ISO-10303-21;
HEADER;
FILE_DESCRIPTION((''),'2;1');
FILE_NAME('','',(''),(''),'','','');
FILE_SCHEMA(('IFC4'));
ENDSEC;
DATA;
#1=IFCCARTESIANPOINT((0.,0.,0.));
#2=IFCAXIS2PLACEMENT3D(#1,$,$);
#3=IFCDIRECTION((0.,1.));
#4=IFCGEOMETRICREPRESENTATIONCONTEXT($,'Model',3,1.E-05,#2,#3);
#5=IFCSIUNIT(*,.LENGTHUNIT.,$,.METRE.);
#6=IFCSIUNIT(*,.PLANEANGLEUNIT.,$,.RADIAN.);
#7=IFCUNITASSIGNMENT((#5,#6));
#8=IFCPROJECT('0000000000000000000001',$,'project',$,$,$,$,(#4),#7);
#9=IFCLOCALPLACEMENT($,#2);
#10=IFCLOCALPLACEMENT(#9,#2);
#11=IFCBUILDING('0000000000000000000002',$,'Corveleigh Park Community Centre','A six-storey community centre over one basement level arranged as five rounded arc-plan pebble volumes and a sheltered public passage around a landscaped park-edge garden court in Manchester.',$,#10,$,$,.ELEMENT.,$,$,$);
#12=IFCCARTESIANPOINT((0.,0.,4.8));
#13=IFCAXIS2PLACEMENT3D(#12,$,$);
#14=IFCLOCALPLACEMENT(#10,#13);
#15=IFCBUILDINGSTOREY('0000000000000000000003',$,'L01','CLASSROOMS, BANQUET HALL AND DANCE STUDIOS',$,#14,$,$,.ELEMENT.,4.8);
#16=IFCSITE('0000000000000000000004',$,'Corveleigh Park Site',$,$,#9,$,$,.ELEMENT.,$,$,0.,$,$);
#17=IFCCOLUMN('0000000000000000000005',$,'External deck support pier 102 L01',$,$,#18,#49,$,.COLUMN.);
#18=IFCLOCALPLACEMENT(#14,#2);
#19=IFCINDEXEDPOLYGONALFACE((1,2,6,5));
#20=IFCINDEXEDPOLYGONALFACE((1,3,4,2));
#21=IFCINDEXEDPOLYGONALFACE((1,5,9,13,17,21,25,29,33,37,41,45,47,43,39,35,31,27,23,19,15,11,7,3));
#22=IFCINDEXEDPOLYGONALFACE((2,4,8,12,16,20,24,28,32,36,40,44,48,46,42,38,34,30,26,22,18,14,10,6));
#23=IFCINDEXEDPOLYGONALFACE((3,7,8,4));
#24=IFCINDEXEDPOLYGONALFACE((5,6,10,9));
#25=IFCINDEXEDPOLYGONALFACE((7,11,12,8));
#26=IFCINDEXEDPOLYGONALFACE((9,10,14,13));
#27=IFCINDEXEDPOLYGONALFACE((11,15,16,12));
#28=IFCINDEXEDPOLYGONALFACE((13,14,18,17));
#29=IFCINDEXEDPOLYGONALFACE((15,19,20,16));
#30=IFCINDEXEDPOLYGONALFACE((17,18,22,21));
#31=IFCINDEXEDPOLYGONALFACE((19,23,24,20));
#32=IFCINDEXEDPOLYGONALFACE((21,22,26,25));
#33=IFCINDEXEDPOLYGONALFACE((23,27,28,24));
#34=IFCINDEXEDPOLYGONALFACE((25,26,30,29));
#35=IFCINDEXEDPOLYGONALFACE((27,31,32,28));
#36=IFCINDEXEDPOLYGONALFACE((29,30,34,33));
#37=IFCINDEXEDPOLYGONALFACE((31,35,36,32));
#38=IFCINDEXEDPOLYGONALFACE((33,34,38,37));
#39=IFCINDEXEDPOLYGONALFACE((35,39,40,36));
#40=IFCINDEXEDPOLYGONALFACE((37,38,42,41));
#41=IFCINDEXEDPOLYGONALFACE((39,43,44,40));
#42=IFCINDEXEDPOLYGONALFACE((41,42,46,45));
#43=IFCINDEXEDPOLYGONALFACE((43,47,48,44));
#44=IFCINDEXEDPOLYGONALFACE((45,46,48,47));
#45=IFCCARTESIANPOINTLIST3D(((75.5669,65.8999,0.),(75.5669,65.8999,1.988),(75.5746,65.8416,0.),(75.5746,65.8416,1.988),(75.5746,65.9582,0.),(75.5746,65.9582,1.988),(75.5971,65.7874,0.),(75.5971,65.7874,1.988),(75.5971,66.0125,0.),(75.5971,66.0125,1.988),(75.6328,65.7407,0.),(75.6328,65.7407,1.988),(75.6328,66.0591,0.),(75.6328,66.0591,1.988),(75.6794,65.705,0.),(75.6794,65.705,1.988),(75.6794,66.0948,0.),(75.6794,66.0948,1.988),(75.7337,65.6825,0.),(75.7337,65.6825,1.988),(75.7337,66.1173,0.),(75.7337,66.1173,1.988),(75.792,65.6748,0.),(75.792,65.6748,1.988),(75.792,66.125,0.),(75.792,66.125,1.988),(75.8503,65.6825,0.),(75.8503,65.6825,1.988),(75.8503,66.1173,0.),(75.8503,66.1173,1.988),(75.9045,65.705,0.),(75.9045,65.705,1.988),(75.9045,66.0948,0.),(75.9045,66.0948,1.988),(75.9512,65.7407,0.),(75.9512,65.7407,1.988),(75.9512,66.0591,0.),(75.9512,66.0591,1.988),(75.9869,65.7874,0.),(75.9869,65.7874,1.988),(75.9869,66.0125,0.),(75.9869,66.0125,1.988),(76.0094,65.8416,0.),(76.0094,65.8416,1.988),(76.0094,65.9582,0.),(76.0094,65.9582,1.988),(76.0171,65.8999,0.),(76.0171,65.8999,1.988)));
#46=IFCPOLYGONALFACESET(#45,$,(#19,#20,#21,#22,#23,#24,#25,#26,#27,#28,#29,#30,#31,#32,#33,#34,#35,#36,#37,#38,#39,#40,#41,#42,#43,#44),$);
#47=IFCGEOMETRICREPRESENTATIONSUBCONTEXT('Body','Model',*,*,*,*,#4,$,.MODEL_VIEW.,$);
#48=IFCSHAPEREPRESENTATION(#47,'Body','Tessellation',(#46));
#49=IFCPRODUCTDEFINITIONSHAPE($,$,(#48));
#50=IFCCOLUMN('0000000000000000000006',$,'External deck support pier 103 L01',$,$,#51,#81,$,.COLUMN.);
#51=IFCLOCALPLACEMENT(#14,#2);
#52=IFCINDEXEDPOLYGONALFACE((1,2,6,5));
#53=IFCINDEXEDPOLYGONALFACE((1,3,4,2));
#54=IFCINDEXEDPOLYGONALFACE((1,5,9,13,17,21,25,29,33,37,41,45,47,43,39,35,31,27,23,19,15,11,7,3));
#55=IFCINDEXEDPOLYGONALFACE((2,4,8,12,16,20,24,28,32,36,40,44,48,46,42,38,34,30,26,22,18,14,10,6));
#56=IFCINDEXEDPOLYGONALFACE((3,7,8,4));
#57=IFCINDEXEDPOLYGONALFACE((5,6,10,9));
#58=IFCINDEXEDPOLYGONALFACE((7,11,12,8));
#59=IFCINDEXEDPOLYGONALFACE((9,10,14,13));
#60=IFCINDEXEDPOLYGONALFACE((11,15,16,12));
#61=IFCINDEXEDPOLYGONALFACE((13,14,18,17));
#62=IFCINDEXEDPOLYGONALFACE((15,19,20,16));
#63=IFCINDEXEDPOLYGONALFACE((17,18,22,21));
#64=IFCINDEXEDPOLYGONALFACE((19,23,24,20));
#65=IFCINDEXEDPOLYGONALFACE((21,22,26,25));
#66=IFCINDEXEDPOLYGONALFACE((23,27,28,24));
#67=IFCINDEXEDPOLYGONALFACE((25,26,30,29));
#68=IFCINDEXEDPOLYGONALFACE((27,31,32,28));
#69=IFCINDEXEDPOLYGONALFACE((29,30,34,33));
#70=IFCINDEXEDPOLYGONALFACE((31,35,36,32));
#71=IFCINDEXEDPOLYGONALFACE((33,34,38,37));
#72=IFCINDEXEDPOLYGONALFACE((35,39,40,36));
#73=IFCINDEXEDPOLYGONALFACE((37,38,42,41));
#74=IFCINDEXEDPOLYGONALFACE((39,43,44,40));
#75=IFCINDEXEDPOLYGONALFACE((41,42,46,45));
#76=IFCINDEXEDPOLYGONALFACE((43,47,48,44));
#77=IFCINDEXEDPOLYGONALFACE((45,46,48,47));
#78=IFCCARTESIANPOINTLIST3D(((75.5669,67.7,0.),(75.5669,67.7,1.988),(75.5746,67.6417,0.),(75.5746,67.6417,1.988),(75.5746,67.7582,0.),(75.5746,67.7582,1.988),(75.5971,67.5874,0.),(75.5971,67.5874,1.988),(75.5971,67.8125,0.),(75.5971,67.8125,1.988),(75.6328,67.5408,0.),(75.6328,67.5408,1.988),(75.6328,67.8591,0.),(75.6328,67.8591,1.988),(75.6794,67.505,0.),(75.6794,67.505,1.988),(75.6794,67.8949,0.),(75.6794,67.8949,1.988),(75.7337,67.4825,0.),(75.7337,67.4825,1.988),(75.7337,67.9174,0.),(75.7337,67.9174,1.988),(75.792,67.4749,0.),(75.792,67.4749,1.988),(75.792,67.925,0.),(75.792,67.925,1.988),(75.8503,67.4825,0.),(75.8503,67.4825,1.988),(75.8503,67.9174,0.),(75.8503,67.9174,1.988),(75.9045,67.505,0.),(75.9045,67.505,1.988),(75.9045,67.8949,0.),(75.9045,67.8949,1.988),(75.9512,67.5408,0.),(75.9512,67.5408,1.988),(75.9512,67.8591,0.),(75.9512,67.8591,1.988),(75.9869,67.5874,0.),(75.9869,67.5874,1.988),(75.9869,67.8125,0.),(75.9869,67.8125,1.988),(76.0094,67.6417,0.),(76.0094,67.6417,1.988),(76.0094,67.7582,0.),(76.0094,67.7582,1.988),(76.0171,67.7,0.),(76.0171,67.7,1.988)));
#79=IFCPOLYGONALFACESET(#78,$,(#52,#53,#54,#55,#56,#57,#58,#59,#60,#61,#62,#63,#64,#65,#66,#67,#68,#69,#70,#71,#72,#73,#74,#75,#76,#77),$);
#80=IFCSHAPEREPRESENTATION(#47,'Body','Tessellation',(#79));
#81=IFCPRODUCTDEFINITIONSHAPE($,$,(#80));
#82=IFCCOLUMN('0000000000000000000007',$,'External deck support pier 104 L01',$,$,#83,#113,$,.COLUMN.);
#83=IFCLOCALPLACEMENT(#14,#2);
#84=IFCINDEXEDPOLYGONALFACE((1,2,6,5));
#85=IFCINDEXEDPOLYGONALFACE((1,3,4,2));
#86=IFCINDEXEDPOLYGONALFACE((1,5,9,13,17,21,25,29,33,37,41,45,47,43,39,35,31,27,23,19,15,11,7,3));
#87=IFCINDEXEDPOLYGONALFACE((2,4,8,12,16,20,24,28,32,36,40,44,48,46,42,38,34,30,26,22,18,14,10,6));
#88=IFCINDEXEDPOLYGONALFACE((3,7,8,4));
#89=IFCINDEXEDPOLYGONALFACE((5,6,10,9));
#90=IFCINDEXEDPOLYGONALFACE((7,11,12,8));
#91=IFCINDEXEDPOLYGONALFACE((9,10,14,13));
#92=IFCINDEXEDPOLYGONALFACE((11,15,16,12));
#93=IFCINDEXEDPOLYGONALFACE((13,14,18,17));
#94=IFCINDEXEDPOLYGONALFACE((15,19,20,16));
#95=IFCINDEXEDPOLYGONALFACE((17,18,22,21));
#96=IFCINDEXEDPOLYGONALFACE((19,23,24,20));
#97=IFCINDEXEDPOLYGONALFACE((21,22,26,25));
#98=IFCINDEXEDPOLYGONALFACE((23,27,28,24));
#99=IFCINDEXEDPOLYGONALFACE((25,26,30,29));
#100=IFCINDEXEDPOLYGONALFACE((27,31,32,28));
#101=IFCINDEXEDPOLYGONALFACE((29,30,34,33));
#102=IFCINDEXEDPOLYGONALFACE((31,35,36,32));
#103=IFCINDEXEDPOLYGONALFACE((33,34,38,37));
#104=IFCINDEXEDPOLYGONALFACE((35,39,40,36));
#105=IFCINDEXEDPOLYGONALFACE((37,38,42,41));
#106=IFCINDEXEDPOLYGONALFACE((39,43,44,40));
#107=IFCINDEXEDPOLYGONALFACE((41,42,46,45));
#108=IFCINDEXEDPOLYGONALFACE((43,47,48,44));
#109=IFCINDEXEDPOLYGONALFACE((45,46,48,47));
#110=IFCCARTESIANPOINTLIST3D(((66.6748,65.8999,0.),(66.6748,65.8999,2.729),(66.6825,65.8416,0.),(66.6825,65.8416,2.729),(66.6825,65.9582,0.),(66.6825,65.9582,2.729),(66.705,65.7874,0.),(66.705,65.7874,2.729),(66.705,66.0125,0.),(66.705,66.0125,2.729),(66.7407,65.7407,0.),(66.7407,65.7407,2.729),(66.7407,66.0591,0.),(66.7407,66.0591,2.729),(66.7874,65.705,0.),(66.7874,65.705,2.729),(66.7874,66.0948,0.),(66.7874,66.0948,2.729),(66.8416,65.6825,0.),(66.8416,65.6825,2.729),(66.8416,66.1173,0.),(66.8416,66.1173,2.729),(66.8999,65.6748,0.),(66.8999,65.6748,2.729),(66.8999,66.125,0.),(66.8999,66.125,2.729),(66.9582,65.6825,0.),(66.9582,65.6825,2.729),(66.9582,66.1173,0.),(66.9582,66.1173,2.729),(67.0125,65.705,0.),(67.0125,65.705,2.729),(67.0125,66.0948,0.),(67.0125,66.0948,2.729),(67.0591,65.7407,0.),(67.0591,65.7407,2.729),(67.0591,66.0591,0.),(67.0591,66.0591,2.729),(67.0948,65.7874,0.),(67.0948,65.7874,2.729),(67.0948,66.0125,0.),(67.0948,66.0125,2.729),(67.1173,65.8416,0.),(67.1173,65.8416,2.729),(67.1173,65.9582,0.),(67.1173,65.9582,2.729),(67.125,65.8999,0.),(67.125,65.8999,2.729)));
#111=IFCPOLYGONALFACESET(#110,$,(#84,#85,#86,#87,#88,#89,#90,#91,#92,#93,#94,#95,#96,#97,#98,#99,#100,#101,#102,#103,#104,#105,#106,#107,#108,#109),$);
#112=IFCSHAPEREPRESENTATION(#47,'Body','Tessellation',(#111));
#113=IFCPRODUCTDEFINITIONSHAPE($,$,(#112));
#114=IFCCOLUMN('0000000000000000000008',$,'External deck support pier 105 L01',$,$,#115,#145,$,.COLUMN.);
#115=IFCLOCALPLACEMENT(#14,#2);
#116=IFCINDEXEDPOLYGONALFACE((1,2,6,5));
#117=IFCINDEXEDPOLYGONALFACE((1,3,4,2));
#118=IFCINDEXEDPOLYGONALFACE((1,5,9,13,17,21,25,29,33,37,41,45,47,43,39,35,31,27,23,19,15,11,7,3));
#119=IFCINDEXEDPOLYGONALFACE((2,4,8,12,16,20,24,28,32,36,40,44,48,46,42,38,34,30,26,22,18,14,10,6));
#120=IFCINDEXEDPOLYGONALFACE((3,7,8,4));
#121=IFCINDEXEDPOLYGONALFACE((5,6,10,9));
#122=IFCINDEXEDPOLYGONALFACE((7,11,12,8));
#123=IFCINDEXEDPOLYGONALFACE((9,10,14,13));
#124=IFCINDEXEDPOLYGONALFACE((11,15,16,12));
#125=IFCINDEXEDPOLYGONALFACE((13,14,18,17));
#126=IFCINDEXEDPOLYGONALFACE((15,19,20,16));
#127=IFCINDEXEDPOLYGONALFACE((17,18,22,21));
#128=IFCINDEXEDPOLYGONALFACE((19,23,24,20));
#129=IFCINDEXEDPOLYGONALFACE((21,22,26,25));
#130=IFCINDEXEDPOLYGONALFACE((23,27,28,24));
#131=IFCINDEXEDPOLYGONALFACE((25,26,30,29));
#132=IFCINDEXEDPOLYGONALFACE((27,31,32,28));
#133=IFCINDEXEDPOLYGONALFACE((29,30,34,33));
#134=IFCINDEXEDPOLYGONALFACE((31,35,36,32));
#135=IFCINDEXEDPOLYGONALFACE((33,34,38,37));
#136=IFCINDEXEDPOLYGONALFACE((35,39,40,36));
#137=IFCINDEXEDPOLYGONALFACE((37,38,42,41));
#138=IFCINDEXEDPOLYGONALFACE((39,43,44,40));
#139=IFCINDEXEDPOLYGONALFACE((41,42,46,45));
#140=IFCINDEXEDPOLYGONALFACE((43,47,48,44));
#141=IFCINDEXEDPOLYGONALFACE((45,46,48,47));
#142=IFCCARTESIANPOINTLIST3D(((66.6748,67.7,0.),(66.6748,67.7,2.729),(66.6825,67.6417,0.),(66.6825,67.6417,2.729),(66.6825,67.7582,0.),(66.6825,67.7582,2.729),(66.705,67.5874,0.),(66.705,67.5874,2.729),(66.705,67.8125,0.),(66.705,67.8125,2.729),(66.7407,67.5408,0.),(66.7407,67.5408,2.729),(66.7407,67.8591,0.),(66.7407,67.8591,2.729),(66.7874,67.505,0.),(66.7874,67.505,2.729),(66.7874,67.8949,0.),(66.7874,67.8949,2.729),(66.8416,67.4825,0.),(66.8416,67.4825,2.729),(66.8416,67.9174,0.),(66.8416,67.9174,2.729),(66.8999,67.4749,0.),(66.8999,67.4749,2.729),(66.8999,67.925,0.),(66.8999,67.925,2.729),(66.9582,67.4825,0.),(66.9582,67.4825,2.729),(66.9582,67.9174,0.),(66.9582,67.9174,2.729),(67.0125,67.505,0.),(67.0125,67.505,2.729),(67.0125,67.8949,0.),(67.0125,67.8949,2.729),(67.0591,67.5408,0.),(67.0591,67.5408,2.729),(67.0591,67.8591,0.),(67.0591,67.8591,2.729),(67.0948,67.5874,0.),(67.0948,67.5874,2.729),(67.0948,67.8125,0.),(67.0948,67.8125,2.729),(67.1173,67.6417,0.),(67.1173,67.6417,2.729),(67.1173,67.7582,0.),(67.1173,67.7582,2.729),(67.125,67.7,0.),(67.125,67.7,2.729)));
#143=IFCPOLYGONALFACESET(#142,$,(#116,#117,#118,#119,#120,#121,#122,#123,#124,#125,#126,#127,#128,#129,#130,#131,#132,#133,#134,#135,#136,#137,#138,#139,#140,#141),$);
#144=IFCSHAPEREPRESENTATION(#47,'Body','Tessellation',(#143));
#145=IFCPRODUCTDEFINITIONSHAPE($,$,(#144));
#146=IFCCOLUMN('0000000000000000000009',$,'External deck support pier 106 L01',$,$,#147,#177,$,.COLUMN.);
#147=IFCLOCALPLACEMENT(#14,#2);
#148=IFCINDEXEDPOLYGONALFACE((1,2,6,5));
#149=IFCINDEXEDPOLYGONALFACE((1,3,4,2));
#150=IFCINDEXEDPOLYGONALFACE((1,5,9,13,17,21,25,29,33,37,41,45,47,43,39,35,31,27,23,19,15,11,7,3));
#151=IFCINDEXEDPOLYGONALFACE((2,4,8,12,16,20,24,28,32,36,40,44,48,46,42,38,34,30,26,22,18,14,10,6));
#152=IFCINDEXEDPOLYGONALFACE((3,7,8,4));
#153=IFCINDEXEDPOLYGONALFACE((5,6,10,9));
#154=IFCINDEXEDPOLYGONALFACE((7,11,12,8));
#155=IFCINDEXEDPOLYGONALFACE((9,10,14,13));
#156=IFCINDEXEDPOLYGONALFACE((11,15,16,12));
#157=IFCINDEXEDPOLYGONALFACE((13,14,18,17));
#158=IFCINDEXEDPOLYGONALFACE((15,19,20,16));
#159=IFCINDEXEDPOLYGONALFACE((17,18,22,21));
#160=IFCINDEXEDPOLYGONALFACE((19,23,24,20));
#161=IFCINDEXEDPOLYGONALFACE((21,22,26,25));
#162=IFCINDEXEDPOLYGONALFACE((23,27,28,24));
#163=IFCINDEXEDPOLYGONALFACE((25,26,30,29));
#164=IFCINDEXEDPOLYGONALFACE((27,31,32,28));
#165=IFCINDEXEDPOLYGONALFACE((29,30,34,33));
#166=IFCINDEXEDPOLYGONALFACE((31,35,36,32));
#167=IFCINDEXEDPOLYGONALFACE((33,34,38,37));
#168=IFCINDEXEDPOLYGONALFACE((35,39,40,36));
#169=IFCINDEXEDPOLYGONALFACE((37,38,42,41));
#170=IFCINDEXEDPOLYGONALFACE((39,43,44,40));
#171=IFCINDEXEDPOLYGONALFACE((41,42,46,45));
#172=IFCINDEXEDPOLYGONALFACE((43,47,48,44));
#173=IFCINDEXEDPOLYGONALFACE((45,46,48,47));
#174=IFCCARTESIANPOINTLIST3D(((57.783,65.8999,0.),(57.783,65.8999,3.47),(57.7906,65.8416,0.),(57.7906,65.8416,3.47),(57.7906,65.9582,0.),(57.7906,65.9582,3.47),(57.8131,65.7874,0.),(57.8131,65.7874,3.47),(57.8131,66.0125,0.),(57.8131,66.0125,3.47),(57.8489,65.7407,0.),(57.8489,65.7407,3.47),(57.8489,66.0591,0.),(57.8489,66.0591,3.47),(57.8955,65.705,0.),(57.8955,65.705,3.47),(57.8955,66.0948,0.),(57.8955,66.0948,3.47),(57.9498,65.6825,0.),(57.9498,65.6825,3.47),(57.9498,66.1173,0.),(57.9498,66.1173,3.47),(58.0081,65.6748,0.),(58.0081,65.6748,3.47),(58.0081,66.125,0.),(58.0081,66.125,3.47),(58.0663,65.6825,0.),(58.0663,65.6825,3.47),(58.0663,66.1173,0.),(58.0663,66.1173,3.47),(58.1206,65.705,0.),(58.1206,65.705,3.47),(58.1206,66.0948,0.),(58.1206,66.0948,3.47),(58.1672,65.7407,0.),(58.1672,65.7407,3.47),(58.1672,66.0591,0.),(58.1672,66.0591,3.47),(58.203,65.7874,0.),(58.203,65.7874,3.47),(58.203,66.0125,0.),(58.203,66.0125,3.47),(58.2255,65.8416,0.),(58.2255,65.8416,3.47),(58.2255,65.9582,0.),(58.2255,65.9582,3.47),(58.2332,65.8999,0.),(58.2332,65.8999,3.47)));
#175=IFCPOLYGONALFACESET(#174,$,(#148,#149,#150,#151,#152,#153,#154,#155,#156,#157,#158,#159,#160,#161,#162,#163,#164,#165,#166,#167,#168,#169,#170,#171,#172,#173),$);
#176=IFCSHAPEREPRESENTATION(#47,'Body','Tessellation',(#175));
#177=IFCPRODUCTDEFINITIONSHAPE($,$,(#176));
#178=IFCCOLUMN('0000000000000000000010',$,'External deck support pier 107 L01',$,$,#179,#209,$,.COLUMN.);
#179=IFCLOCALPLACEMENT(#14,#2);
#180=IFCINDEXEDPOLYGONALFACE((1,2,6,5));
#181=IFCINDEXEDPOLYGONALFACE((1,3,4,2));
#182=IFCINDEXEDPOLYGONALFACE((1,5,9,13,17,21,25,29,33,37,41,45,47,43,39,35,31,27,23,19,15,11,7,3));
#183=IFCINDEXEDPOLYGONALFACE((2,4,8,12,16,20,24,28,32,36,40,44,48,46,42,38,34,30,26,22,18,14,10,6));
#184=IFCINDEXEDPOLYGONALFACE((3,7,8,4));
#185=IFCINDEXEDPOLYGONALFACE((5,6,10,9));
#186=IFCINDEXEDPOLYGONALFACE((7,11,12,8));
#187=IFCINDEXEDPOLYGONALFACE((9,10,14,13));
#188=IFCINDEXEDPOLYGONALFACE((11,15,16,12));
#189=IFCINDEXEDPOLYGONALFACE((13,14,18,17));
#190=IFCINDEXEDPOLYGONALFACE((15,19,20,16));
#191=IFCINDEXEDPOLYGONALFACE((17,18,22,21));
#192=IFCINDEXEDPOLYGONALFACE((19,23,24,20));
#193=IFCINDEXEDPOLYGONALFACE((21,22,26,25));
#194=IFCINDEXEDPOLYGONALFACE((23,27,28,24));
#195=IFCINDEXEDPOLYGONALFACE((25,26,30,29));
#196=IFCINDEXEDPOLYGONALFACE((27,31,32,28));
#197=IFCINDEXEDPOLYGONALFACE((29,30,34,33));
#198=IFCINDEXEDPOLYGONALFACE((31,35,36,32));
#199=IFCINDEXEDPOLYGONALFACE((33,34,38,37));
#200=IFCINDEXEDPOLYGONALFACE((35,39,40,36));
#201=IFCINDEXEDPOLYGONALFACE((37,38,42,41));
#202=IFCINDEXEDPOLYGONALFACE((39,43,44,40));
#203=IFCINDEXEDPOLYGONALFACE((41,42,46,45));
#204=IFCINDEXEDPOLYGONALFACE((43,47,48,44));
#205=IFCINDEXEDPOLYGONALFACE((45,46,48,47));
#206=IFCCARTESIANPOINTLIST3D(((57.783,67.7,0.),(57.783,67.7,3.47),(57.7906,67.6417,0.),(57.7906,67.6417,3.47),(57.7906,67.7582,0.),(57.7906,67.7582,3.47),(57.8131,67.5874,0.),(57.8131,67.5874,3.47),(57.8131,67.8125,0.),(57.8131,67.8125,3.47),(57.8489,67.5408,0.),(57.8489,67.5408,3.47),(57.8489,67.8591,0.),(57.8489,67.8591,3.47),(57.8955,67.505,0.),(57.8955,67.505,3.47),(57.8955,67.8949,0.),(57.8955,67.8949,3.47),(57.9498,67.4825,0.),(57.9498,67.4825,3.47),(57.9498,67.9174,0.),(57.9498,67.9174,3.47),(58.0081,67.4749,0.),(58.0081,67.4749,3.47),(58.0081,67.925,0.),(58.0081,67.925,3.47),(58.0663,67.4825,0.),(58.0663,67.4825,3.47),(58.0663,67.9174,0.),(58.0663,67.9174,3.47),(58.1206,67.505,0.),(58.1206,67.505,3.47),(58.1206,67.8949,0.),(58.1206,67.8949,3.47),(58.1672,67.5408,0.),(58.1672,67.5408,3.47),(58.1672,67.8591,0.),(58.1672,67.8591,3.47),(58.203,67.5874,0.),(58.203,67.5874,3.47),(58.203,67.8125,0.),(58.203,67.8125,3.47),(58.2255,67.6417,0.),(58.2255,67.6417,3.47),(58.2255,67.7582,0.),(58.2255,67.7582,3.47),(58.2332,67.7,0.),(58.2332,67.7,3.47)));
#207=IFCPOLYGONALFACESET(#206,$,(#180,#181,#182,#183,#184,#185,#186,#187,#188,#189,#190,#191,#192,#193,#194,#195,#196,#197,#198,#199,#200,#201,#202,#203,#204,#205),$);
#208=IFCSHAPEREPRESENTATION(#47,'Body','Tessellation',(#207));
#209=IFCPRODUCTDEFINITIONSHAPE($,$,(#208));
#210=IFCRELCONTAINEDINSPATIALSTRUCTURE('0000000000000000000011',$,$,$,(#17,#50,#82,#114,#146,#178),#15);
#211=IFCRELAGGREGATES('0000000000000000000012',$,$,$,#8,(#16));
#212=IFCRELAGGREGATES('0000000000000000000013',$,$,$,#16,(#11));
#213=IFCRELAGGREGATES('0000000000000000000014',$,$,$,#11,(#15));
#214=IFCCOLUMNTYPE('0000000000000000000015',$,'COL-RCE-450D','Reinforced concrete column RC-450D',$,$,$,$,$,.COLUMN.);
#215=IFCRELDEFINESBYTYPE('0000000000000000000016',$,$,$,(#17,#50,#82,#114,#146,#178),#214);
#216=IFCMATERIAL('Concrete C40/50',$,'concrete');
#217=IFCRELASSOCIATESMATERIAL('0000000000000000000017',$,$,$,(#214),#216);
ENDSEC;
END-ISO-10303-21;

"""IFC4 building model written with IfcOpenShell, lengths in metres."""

from ifc_helpers import new_model, si_unit, direction, frame, origin, origin_2d, place, context, subcontext, project, spatial, circle, extrude, material, material_profile, profile_set, type_object, element, save


model = new_model("IFC4")

# Units and contexts
model_context = context("Model", 3, precision=1e-05, world=origin(), true_north=direction((0.0, 1.0)))
body_context = subcontext(model_context, "Body", "Model", "MODEL_VIEW")
ifc_project = project(units=[si_unit("LENGTHUNIT", "METRE"), si_unit("PLANEANGLEUNIT", "RADIAN")], contexts=[model_context])

# Site, building, storey
site_placement = place(None, origin())
site = spatial("IfcSite", under=ifc_project, at=site_placement, Name="Corveleigh Park Site", CompositionType="ELEMENT", RefElevation=0.0)
building_placement = place(site_placement, origin())
building = spatial("IfcBuilding", under=site, at=building_placement, Name="Corveleigh Park Community Centre", Description="A six-storey community centre over one basement level arranged as five rounded arc-plan pebble volumes and a sheltered public passage around a landscaped park-edge garden court in Manchester.", CompositionType="ELEMENT")
storey_placement = place(building_placement, frame((0.0, 0.0, 4.8)))
storey = spatial("IfcBuildingStorey", under=building, at=storey_placement, Name="L01", Description="CLASSROOMS, BANQUET HALL AND DANCE STUDIOS", CompositionType="ELEMENT", Elevation=4.8)

# Columns
ifc_material_1 = material(Name="Concrete C40/50", Category="concrete")
ifc_material_profile_1 = material_profile(ifc_material_1, circle(Radius=0.2251, at=origin_2d()), Name="RC-450D", Category="concrete")
ifc_profile_set_1 = profile_set([ifc_material_profile_1], Name="Concrete C40/50")
column_type = type_object("IfcColumnType", Name="COL-RCE-450D", Description="Reinforced concrete column RC-450D", PredefinedType="COLUMN", material=ifc_profile_set_1)
for number, where, z_axis, x_axis, name in (
    (1, (75.792, 65.8999, 0.0), (0.0, 0.0, 1.0), (1.0, 0.0, 0.0), "External deck support pier 102 L01"),
    (2, (75.792, 67.7, 0.0), (0.0, 0.0, 1.0), (1.0, 0.0, 0.0), "External deck support pier 103 L01"),
):
    element("IfcColumn", number, at=place(storey_placement, frame(where, z_axis=z_axis, x_axis=x_axis)), inside=storey, type_object=column_type, Name=name, PredefinedType="COLUMN", context=body_context, shape_type="SweptSolid", body=[
        extrude(circle(Radius=0.2251, at=origin_2d()), origin(), (0.0, 0.0, 1.0), 1.988),
    ])
for number, where, z_axis, x_axis, name in (
    (3, (66.8999, 65.8999, 0.0), (0.0, 0.0, 1.0), (1.0, 0.0, 0.0), "External deck support pier 104 L01"),
    (4, (66.8999, 67.7, 0.0), (0.0, 0.0, 1.0), (1.0, 0.0, 0.0), "External deck support pier 105 L01"),
):
    element("IfcColumn", number, at=place(storey_placement, frame(where, z_axis=z_axis, x_axis=x_axis)), inside=storey, type_object=column_type, Name=name, PredefinedType="COLUMN", context=body_context, shape_type="SweptSolid", body=[
        extrude(circle(Radius=0.2251, at=origin_2d()), origin(), (0.0, 0.0, 1.0), 2.729),
    ])
for number, where, z_axis, x_axis, name in (
    (5, (58.0081, 65.8999, 0.0), (0.0, 0.0, 1.0), (1.0, 0.0, 0.0), "External deck support pier 106 L01"),
    (6, (58.0081, 67.7, 0.0), (0.0, 0.0, 1.0), (1.0, 0.0, 0.0), "External deck support pier 107 L01"),
):
    element("IfcColumn", number, at=place(storey_placement, frame(where, z_axis=z_axis, x_axis=x_axis)), inside=storey, type_object=column_type, Name=name, PredefinedType="COLUMN", context=body_context, shape_type="SweptSolid", body=[
        extrude(circle(Radius=0.2251, at=origin_2d()), origin(), (0.0, 0.0, 1.0), 3.47),
    ])

save(model, "model.ifc")
